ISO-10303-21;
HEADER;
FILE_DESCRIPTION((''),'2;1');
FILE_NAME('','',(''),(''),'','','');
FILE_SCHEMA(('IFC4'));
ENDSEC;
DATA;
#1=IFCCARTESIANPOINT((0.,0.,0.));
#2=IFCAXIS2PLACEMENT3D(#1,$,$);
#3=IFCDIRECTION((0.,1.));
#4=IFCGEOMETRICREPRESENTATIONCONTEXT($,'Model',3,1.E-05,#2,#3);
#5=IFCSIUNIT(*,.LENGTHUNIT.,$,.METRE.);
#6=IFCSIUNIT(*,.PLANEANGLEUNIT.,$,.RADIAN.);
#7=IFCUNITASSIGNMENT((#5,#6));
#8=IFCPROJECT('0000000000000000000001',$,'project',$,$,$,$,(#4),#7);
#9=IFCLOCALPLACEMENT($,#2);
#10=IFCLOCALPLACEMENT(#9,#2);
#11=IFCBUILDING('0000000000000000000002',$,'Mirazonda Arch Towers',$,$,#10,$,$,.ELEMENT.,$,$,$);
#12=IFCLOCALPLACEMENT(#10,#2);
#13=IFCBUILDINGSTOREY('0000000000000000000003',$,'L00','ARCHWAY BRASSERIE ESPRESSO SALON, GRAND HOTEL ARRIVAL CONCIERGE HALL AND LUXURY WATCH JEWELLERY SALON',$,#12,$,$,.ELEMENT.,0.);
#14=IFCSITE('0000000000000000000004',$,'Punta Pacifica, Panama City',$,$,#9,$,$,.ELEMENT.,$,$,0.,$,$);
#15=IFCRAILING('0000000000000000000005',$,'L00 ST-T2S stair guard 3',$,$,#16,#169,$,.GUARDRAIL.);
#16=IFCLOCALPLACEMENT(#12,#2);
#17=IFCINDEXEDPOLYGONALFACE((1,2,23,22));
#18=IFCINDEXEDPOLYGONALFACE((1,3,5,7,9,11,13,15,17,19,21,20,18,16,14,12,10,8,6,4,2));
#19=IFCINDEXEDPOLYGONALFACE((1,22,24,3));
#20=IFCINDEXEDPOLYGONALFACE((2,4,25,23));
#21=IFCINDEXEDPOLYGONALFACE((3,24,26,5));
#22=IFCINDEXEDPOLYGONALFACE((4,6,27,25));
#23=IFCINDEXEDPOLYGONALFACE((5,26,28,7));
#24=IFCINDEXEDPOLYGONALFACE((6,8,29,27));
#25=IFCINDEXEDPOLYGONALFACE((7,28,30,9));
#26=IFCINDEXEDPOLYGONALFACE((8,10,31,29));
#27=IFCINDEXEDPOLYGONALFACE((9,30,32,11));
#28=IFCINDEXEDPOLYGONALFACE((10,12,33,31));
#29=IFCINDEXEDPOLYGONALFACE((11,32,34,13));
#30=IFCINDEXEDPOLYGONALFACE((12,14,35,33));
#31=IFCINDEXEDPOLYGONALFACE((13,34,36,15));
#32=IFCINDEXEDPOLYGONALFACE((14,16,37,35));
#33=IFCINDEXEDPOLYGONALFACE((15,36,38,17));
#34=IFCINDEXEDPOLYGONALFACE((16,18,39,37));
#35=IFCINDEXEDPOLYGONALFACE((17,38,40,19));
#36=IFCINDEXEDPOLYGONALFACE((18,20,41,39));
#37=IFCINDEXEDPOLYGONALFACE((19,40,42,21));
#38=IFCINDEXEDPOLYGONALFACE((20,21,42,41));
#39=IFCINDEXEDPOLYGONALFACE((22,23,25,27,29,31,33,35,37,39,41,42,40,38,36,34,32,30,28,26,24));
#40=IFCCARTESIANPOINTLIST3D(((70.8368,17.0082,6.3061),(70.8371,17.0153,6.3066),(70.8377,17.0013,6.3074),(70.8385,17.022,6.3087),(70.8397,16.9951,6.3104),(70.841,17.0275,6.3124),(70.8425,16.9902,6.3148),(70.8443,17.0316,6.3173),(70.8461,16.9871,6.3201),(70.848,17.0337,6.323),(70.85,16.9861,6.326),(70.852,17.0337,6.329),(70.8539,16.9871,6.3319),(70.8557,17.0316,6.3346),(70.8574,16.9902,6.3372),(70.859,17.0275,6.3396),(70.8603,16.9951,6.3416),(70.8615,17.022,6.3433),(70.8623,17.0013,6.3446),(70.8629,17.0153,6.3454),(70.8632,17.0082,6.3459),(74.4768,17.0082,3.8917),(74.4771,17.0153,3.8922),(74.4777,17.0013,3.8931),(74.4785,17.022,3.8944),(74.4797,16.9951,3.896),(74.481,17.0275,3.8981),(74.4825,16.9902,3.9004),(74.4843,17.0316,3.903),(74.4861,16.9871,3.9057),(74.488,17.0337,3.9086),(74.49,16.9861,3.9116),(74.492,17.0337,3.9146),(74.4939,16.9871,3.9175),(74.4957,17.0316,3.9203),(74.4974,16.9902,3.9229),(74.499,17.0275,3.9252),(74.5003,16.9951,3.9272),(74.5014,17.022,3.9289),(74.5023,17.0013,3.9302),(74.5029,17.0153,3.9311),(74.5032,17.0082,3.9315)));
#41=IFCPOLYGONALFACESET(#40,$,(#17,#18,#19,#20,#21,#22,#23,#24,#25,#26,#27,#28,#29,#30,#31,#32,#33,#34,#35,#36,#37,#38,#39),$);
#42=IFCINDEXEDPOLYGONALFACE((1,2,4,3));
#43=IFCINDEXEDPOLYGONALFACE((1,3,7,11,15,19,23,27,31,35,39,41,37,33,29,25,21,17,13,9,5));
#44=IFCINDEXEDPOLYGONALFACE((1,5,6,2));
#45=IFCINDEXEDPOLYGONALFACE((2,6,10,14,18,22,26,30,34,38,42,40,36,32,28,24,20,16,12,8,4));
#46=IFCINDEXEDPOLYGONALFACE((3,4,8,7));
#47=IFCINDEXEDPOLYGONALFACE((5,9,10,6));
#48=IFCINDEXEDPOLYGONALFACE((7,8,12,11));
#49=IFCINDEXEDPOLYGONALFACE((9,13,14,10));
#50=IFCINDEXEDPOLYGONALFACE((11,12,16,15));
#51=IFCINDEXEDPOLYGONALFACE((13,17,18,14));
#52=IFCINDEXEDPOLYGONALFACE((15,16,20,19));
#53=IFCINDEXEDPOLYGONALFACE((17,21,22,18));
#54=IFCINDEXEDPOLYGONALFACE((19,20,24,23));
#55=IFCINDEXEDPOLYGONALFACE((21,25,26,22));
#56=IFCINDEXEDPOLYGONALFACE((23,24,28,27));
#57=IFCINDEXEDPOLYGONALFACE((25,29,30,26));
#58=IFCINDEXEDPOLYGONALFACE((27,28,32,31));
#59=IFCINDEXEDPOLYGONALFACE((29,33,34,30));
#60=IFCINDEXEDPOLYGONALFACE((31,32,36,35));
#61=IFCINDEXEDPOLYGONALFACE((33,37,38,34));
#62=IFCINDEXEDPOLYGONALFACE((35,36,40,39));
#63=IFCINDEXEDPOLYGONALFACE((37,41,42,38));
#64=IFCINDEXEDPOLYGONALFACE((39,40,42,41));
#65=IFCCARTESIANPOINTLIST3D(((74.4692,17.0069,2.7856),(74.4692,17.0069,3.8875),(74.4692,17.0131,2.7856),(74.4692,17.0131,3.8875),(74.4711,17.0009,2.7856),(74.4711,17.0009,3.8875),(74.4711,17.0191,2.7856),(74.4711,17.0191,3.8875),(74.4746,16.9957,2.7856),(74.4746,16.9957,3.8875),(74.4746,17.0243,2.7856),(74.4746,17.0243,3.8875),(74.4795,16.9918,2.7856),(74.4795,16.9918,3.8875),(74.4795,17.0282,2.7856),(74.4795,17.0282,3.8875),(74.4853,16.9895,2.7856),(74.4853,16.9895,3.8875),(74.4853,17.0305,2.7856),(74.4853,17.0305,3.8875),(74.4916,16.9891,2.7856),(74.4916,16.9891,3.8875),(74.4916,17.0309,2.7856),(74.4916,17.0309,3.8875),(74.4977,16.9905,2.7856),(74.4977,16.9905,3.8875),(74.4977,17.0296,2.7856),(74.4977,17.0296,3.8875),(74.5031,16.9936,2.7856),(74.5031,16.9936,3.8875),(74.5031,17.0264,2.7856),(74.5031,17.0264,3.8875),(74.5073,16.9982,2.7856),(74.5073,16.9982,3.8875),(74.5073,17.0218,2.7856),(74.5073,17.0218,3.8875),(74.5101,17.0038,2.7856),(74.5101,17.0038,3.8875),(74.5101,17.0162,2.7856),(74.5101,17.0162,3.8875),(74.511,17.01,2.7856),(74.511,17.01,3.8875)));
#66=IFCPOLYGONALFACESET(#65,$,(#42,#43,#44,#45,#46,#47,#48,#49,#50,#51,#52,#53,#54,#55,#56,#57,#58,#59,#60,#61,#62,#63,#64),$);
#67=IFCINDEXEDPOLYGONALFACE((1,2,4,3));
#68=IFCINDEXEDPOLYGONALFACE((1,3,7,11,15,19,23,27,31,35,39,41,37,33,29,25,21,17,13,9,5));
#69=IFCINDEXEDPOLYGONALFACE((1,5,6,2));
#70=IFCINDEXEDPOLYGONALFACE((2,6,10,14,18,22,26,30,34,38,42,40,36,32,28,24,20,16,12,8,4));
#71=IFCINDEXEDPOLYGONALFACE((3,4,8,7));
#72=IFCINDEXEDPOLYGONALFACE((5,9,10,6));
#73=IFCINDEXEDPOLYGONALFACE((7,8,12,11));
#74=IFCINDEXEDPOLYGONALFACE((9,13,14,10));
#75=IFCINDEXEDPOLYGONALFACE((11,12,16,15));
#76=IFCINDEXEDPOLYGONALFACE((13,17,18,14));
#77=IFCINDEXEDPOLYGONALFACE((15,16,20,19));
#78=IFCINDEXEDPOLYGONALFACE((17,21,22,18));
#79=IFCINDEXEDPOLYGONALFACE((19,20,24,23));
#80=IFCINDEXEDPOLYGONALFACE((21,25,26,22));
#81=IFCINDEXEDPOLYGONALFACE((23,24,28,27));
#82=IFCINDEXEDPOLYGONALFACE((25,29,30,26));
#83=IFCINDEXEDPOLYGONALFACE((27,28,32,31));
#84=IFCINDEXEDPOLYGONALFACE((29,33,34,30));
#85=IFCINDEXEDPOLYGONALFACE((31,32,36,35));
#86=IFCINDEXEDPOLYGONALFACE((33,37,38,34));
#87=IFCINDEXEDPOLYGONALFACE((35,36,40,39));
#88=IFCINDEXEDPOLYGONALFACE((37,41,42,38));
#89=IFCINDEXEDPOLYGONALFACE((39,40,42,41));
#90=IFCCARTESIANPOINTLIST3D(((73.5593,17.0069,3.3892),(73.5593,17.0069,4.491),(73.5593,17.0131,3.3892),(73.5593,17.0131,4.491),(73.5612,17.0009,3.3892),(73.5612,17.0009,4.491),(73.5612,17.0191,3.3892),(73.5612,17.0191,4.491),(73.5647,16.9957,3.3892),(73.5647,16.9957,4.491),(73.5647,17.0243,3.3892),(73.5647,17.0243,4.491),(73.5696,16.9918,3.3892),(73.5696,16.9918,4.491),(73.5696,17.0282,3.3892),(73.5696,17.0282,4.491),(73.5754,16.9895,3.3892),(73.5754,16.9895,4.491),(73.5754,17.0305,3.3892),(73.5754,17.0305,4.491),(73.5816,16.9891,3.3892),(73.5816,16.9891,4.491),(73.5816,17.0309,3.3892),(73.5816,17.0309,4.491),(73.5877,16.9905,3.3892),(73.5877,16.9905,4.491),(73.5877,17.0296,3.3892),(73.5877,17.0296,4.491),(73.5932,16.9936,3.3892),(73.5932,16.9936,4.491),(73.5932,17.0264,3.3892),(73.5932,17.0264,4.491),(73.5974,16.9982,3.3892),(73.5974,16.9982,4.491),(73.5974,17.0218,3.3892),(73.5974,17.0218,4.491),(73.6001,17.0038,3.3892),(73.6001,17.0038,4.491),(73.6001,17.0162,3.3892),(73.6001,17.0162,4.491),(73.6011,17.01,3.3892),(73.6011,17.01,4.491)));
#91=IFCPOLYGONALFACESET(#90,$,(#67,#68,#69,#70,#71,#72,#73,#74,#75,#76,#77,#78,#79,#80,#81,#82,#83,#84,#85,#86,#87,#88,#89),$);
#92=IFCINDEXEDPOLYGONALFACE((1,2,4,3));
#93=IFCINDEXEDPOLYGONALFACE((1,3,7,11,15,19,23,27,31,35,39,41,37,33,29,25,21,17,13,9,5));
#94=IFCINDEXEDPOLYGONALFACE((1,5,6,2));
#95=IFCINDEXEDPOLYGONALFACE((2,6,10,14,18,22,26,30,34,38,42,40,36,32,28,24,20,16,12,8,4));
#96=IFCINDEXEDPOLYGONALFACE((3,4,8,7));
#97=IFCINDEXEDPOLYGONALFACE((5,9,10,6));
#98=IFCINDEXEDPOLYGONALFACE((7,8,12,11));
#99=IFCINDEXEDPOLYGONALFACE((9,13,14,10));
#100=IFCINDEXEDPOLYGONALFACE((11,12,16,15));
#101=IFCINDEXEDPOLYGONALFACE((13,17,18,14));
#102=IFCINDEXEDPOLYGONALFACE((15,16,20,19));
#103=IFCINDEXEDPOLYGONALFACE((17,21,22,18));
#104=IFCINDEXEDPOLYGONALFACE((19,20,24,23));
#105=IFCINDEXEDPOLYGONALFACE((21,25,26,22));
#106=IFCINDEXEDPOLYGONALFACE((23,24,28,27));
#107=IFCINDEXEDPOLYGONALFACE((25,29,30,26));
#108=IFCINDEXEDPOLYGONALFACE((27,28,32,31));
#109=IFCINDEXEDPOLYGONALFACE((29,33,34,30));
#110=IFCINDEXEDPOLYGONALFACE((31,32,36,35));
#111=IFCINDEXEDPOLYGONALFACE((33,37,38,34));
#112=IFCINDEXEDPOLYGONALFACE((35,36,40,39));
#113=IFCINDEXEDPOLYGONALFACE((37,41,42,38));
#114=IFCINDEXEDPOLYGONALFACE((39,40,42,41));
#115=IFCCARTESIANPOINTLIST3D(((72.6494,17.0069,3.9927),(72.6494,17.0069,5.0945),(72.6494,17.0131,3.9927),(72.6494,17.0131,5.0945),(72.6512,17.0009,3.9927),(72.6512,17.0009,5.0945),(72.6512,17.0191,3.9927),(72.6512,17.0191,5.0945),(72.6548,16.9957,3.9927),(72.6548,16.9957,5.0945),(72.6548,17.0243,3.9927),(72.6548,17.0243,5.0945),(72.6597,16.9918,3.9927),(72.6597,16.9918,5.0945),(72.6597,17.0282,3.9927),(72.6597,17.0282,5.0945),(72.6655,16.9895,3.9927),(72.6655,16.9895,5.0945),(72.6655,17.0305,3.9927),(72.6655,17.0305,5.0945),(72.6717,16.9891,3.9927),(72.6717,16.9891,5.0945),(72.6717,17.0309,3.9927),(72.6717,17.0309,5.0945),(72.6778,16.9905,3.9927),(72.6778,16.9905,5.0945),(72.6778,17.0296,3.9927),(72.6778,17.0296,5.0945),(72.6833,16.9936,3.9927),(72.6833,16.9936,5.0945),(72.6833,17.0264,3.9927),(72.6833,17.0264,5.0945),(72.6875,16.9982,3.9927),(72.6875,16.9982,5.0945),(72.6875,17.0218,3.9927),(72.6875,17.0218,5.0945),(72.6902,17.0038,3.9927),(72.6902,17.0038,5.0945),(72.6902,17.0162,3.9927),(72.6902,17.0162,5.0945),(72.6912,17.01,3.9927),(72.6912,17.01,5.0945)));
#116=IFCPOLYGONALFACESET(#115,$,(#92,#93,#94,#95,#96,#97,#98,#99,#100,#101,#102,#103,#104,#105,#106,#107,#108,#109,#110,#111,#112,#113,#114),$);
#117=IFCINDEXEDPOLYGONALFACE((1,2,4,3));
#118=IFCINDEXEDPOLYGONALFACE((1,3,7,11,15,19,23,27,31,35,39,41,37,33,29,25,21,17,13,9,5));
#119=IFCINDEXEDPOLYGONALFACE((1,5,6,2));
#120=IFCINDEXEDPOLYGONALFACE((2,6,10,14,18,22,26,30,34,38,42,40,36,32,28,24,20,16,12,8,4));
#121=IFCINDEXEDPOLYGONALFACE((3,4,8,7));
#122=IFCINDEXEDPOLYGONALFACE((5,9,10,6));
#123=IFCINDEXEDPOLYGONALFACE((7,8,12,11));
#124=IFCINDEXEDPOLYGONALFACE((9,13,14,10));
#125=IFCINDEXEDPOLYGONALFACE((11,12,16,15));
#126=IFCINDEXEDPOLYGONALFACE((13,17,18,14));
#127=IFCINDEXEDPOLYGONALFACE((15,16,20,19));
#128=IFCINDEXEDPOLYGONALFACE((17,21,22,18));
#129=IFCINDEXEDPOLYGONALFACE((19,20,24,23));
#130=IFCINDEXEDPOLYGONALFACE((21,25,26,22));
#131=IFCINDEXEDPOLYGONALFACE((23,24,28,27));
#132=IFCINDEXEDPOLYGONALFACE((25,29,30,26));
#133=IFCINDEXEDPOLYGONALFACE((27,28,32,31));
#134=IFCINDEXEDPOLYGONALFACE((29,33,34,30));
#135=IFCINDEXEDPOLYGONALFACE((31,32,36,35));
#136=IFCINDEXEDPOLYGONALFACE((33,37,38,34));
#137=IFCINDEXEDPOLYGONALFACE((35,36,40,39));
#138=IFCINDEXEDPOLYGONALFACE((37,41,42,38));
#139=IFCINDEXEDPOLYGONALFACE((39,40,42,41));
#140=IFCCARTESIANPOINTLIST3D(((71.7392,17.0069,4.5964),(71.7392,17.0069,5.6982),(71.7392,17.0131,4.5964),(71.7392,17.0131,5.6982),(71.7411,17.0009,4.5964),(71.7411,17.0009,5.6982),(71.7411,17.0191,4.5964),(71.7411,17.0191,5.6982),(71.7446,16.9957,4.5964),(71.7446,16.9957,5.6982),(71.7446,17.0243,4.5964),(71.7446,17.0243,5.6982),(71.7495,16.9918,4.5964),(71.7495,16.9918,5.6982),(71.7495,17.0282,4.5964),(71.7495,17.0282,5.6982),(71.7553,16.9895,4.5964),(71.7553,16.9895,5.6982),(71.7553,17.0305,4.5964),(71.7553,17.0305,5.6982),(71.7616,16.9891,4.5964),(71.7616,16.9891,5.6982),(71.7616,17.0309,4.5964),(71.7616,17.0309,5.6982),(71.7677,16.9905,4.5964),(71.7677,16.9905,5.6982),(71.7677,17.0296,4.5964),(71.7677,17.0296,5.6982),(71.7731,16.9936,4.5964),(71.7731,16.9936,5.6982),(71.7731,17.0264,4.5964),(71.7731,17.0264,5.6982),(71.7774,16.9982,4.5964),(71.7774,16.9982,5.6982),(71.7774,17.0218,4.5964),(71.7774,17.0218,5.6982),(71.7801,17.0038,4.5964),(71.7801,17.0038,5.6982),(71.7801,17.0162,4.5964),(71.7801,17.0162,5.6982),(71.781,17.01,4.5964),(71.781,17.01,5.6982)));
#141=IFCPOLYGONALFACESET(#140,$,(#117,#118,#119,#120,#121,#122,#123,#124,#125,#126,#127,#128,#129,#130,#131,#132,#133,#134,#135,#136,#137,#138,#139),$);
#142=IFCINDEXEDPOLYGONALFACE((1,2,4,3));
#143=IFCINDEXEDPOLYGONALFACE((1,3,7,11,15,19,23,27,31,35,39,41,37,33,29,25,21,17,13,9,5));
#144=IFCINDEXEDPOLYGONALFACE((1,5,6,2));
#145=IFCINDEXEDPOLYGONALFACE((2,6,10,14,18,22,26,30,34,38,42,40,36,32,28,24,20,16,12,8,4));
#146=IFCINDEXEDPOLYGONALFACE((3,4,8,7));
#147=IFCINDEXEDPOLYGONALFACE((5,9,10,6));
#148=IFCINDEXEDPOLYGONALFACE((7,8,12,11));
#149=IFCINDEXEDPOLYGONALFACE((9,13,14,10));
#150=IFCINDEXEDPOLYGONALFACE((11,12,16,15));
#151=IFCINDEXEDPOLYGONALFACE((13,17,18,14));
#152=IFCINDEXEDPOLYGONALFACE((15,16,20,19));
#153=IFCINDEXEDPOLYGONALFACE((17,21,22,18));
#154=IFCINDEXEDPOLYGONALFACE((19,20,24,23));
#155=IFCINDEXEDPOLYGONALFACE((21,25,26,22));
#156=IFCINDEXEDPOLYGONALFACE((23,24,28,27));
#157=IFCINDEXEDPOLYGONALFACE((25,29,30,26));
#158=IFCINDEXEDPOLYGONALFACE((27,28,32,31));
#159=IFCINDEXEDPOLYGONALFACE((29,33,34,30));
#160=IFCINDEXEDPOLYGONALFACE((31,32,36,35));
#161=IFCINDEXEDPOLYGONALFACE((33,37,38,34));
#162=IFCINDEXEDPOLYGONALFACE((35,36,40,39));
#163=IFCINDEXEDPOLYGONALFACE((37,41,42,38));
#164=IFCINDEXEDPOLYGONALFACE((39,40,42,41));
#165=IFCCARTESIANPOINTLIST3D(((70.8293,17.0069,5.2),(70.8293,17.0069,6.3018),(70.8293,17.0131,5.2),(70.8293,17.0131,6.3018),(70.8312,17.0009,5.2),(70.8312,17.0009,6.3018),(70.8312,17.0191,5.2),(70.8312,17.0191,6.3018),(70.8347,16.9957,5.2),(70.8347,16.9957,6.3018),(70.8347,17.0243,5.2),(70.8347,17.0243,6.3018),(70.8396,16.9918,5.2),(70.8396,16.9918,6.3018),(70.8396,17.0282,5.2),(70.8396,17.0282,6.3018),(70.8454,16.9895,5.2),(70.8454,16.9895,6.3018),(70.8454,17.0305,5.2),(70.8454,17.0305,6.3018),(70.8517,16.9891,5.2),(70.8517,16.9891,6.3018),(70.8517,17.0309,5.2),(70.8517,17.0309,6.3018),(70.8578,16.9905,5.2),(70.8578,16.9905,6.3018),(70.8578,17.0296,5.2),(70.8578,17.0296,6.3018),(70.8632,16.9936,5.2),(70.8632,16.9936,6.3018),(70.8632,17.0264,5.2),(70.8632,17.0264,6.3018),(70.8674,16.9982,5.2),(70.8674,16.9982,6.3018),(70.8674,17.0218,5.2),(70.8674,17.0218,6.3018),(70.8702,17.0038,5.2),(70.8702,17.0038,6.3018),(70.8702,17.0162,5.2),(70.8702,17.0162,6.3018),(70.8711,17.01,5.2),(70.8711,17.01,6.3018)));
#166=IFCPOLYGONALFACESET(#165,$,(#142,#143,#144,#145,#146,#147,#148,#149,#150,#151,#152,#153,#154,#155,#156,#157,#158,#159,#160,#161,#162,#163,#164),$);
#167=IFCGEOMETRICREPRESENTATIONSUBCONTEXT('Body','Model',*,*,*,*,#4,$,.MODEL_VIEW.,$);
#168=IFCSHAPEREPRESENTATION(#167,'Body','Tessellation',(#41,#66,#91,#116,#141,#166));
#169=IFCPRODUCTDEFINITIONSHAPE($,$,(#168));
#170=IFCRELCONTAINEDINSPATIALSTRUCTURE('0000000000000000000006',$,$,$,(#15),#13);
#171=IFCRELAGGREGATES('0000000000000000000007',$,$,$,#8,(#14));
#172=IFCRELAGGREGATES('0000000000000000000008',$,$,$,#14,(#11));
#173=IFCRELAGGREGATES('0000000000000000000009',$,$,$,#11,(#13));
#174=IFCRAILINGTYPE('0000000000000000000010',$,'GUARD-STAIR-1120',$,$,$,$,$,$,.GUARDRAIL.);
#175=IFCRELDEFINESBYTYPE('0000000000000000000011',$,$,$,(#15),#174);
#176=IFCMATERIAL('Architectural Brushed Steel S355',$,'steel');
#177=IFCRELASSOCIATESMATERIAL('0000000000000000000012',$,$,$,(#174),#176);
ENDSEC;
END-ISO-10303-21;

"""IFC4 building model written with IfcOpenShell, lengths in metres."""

from ifc_helpers import new_model, si_unit, direction, frame, origin, origin_2d, place, context, subcontext, project, spatial, circle, extrude, material, type_object, element, save


model = new_model("IFC4")

# Units and contexts
model_context = context("Model", 3, precision=1e-05, world=origin(), true_north=direction((0.0, 1.0)))
body_context = subcontext(model_context, "Body", "Model", "MODEL_VIEW")
ifc_project = project(units=[si_unit("LENGTHUNIT", "METRE"), si_unit("PLANEANGLEUNIT", "RADIAN")], contexts=[model_context])

# Site, building, storey
site_placement = place(None, origin())
site = spatial("IfcSite", under=ifc_project, at=site_placement, Name="Punta Pacifica, Panama City", CompositionType="ELEMENT", RefElevation=0.0)
building_placement = place(site_placement, origin())
building = spatial("IfcBuilding", under=site, at=building_placement, Name="Mirazonda Arch Towers", CompositionType="ELEMENT")
storey_placement = place(building_placement, origin())
storey = spatial("IfcBuildingStorey", under=building, at=storey_placement, Name="L00", Description="ARCHWAY BRASSERIE ESPRESSO SALON, GRAND HOTEL ARRIVAL CONCIERGE HALL AND LUXURY WATCH JEWELLERY SALON", CompositionType="ELEMENT", Elevation=0.0)

# Shared definitions
ifc_material_1 = material(Name="Architectural Brushed Steel S355", Category="steel")

# Railing
railing_type_1 = type_object("IfcRailingType", Name="GUARD-STAIR-1120", PredefinedType="GUARDRAIL", material=ifc_material_1)
railing_1_placement = place(storey_placement, frame((74.49, 17.01, 2.7856)))
element("IfcRailing", 1, at=railing_1_placement, inside=storey, type_object=railing_type_1, Name="L00 ST-T2S stair guard 3", PredefinedType="GUARDRAIL", context=body_context, shape_type="SweptSolid", body=[
    extrude(circle(Radius=0.0239, at=origin_2d()), frame((0.0, 0.0, 1.126), z_axis=(-0.833347, 0.0, 0.552751), x_axis=(0.0, -1.0, 0.0)), (0.0, 0.0, 1.0), 4.3679),
    extrude(circle(Radius=0.021, at=origin_2d()), origin(), (0.0, 0.0, 1.0), 1.1018),
    extrude(circle(Radius=0.021, at=origin_2d()), frame((-0.9099, 0.0, 0.6035)), (0.0, 0.0, 1.0), 1.1018),
    extrude(circle(Radius=0.021, at=origin_2d()), frame((-1.8198, 0.0, 1.207)), (0.0, 0.0, 1.0), 1.1018),
    extrude(circle(Radius=0.021, at=origin_2d()), frame((-2.73, 0.0, 1.8108)), (0.0, 0.0, 1.0), 1.1018),
    extrude(circle(Radius=0.021, at=origin_2d()), frame((-3.6399, 0.0, 2.4143)), (0.0, 0.0, 1.0), 1.1018),
])

save(model, "model.ifc")
